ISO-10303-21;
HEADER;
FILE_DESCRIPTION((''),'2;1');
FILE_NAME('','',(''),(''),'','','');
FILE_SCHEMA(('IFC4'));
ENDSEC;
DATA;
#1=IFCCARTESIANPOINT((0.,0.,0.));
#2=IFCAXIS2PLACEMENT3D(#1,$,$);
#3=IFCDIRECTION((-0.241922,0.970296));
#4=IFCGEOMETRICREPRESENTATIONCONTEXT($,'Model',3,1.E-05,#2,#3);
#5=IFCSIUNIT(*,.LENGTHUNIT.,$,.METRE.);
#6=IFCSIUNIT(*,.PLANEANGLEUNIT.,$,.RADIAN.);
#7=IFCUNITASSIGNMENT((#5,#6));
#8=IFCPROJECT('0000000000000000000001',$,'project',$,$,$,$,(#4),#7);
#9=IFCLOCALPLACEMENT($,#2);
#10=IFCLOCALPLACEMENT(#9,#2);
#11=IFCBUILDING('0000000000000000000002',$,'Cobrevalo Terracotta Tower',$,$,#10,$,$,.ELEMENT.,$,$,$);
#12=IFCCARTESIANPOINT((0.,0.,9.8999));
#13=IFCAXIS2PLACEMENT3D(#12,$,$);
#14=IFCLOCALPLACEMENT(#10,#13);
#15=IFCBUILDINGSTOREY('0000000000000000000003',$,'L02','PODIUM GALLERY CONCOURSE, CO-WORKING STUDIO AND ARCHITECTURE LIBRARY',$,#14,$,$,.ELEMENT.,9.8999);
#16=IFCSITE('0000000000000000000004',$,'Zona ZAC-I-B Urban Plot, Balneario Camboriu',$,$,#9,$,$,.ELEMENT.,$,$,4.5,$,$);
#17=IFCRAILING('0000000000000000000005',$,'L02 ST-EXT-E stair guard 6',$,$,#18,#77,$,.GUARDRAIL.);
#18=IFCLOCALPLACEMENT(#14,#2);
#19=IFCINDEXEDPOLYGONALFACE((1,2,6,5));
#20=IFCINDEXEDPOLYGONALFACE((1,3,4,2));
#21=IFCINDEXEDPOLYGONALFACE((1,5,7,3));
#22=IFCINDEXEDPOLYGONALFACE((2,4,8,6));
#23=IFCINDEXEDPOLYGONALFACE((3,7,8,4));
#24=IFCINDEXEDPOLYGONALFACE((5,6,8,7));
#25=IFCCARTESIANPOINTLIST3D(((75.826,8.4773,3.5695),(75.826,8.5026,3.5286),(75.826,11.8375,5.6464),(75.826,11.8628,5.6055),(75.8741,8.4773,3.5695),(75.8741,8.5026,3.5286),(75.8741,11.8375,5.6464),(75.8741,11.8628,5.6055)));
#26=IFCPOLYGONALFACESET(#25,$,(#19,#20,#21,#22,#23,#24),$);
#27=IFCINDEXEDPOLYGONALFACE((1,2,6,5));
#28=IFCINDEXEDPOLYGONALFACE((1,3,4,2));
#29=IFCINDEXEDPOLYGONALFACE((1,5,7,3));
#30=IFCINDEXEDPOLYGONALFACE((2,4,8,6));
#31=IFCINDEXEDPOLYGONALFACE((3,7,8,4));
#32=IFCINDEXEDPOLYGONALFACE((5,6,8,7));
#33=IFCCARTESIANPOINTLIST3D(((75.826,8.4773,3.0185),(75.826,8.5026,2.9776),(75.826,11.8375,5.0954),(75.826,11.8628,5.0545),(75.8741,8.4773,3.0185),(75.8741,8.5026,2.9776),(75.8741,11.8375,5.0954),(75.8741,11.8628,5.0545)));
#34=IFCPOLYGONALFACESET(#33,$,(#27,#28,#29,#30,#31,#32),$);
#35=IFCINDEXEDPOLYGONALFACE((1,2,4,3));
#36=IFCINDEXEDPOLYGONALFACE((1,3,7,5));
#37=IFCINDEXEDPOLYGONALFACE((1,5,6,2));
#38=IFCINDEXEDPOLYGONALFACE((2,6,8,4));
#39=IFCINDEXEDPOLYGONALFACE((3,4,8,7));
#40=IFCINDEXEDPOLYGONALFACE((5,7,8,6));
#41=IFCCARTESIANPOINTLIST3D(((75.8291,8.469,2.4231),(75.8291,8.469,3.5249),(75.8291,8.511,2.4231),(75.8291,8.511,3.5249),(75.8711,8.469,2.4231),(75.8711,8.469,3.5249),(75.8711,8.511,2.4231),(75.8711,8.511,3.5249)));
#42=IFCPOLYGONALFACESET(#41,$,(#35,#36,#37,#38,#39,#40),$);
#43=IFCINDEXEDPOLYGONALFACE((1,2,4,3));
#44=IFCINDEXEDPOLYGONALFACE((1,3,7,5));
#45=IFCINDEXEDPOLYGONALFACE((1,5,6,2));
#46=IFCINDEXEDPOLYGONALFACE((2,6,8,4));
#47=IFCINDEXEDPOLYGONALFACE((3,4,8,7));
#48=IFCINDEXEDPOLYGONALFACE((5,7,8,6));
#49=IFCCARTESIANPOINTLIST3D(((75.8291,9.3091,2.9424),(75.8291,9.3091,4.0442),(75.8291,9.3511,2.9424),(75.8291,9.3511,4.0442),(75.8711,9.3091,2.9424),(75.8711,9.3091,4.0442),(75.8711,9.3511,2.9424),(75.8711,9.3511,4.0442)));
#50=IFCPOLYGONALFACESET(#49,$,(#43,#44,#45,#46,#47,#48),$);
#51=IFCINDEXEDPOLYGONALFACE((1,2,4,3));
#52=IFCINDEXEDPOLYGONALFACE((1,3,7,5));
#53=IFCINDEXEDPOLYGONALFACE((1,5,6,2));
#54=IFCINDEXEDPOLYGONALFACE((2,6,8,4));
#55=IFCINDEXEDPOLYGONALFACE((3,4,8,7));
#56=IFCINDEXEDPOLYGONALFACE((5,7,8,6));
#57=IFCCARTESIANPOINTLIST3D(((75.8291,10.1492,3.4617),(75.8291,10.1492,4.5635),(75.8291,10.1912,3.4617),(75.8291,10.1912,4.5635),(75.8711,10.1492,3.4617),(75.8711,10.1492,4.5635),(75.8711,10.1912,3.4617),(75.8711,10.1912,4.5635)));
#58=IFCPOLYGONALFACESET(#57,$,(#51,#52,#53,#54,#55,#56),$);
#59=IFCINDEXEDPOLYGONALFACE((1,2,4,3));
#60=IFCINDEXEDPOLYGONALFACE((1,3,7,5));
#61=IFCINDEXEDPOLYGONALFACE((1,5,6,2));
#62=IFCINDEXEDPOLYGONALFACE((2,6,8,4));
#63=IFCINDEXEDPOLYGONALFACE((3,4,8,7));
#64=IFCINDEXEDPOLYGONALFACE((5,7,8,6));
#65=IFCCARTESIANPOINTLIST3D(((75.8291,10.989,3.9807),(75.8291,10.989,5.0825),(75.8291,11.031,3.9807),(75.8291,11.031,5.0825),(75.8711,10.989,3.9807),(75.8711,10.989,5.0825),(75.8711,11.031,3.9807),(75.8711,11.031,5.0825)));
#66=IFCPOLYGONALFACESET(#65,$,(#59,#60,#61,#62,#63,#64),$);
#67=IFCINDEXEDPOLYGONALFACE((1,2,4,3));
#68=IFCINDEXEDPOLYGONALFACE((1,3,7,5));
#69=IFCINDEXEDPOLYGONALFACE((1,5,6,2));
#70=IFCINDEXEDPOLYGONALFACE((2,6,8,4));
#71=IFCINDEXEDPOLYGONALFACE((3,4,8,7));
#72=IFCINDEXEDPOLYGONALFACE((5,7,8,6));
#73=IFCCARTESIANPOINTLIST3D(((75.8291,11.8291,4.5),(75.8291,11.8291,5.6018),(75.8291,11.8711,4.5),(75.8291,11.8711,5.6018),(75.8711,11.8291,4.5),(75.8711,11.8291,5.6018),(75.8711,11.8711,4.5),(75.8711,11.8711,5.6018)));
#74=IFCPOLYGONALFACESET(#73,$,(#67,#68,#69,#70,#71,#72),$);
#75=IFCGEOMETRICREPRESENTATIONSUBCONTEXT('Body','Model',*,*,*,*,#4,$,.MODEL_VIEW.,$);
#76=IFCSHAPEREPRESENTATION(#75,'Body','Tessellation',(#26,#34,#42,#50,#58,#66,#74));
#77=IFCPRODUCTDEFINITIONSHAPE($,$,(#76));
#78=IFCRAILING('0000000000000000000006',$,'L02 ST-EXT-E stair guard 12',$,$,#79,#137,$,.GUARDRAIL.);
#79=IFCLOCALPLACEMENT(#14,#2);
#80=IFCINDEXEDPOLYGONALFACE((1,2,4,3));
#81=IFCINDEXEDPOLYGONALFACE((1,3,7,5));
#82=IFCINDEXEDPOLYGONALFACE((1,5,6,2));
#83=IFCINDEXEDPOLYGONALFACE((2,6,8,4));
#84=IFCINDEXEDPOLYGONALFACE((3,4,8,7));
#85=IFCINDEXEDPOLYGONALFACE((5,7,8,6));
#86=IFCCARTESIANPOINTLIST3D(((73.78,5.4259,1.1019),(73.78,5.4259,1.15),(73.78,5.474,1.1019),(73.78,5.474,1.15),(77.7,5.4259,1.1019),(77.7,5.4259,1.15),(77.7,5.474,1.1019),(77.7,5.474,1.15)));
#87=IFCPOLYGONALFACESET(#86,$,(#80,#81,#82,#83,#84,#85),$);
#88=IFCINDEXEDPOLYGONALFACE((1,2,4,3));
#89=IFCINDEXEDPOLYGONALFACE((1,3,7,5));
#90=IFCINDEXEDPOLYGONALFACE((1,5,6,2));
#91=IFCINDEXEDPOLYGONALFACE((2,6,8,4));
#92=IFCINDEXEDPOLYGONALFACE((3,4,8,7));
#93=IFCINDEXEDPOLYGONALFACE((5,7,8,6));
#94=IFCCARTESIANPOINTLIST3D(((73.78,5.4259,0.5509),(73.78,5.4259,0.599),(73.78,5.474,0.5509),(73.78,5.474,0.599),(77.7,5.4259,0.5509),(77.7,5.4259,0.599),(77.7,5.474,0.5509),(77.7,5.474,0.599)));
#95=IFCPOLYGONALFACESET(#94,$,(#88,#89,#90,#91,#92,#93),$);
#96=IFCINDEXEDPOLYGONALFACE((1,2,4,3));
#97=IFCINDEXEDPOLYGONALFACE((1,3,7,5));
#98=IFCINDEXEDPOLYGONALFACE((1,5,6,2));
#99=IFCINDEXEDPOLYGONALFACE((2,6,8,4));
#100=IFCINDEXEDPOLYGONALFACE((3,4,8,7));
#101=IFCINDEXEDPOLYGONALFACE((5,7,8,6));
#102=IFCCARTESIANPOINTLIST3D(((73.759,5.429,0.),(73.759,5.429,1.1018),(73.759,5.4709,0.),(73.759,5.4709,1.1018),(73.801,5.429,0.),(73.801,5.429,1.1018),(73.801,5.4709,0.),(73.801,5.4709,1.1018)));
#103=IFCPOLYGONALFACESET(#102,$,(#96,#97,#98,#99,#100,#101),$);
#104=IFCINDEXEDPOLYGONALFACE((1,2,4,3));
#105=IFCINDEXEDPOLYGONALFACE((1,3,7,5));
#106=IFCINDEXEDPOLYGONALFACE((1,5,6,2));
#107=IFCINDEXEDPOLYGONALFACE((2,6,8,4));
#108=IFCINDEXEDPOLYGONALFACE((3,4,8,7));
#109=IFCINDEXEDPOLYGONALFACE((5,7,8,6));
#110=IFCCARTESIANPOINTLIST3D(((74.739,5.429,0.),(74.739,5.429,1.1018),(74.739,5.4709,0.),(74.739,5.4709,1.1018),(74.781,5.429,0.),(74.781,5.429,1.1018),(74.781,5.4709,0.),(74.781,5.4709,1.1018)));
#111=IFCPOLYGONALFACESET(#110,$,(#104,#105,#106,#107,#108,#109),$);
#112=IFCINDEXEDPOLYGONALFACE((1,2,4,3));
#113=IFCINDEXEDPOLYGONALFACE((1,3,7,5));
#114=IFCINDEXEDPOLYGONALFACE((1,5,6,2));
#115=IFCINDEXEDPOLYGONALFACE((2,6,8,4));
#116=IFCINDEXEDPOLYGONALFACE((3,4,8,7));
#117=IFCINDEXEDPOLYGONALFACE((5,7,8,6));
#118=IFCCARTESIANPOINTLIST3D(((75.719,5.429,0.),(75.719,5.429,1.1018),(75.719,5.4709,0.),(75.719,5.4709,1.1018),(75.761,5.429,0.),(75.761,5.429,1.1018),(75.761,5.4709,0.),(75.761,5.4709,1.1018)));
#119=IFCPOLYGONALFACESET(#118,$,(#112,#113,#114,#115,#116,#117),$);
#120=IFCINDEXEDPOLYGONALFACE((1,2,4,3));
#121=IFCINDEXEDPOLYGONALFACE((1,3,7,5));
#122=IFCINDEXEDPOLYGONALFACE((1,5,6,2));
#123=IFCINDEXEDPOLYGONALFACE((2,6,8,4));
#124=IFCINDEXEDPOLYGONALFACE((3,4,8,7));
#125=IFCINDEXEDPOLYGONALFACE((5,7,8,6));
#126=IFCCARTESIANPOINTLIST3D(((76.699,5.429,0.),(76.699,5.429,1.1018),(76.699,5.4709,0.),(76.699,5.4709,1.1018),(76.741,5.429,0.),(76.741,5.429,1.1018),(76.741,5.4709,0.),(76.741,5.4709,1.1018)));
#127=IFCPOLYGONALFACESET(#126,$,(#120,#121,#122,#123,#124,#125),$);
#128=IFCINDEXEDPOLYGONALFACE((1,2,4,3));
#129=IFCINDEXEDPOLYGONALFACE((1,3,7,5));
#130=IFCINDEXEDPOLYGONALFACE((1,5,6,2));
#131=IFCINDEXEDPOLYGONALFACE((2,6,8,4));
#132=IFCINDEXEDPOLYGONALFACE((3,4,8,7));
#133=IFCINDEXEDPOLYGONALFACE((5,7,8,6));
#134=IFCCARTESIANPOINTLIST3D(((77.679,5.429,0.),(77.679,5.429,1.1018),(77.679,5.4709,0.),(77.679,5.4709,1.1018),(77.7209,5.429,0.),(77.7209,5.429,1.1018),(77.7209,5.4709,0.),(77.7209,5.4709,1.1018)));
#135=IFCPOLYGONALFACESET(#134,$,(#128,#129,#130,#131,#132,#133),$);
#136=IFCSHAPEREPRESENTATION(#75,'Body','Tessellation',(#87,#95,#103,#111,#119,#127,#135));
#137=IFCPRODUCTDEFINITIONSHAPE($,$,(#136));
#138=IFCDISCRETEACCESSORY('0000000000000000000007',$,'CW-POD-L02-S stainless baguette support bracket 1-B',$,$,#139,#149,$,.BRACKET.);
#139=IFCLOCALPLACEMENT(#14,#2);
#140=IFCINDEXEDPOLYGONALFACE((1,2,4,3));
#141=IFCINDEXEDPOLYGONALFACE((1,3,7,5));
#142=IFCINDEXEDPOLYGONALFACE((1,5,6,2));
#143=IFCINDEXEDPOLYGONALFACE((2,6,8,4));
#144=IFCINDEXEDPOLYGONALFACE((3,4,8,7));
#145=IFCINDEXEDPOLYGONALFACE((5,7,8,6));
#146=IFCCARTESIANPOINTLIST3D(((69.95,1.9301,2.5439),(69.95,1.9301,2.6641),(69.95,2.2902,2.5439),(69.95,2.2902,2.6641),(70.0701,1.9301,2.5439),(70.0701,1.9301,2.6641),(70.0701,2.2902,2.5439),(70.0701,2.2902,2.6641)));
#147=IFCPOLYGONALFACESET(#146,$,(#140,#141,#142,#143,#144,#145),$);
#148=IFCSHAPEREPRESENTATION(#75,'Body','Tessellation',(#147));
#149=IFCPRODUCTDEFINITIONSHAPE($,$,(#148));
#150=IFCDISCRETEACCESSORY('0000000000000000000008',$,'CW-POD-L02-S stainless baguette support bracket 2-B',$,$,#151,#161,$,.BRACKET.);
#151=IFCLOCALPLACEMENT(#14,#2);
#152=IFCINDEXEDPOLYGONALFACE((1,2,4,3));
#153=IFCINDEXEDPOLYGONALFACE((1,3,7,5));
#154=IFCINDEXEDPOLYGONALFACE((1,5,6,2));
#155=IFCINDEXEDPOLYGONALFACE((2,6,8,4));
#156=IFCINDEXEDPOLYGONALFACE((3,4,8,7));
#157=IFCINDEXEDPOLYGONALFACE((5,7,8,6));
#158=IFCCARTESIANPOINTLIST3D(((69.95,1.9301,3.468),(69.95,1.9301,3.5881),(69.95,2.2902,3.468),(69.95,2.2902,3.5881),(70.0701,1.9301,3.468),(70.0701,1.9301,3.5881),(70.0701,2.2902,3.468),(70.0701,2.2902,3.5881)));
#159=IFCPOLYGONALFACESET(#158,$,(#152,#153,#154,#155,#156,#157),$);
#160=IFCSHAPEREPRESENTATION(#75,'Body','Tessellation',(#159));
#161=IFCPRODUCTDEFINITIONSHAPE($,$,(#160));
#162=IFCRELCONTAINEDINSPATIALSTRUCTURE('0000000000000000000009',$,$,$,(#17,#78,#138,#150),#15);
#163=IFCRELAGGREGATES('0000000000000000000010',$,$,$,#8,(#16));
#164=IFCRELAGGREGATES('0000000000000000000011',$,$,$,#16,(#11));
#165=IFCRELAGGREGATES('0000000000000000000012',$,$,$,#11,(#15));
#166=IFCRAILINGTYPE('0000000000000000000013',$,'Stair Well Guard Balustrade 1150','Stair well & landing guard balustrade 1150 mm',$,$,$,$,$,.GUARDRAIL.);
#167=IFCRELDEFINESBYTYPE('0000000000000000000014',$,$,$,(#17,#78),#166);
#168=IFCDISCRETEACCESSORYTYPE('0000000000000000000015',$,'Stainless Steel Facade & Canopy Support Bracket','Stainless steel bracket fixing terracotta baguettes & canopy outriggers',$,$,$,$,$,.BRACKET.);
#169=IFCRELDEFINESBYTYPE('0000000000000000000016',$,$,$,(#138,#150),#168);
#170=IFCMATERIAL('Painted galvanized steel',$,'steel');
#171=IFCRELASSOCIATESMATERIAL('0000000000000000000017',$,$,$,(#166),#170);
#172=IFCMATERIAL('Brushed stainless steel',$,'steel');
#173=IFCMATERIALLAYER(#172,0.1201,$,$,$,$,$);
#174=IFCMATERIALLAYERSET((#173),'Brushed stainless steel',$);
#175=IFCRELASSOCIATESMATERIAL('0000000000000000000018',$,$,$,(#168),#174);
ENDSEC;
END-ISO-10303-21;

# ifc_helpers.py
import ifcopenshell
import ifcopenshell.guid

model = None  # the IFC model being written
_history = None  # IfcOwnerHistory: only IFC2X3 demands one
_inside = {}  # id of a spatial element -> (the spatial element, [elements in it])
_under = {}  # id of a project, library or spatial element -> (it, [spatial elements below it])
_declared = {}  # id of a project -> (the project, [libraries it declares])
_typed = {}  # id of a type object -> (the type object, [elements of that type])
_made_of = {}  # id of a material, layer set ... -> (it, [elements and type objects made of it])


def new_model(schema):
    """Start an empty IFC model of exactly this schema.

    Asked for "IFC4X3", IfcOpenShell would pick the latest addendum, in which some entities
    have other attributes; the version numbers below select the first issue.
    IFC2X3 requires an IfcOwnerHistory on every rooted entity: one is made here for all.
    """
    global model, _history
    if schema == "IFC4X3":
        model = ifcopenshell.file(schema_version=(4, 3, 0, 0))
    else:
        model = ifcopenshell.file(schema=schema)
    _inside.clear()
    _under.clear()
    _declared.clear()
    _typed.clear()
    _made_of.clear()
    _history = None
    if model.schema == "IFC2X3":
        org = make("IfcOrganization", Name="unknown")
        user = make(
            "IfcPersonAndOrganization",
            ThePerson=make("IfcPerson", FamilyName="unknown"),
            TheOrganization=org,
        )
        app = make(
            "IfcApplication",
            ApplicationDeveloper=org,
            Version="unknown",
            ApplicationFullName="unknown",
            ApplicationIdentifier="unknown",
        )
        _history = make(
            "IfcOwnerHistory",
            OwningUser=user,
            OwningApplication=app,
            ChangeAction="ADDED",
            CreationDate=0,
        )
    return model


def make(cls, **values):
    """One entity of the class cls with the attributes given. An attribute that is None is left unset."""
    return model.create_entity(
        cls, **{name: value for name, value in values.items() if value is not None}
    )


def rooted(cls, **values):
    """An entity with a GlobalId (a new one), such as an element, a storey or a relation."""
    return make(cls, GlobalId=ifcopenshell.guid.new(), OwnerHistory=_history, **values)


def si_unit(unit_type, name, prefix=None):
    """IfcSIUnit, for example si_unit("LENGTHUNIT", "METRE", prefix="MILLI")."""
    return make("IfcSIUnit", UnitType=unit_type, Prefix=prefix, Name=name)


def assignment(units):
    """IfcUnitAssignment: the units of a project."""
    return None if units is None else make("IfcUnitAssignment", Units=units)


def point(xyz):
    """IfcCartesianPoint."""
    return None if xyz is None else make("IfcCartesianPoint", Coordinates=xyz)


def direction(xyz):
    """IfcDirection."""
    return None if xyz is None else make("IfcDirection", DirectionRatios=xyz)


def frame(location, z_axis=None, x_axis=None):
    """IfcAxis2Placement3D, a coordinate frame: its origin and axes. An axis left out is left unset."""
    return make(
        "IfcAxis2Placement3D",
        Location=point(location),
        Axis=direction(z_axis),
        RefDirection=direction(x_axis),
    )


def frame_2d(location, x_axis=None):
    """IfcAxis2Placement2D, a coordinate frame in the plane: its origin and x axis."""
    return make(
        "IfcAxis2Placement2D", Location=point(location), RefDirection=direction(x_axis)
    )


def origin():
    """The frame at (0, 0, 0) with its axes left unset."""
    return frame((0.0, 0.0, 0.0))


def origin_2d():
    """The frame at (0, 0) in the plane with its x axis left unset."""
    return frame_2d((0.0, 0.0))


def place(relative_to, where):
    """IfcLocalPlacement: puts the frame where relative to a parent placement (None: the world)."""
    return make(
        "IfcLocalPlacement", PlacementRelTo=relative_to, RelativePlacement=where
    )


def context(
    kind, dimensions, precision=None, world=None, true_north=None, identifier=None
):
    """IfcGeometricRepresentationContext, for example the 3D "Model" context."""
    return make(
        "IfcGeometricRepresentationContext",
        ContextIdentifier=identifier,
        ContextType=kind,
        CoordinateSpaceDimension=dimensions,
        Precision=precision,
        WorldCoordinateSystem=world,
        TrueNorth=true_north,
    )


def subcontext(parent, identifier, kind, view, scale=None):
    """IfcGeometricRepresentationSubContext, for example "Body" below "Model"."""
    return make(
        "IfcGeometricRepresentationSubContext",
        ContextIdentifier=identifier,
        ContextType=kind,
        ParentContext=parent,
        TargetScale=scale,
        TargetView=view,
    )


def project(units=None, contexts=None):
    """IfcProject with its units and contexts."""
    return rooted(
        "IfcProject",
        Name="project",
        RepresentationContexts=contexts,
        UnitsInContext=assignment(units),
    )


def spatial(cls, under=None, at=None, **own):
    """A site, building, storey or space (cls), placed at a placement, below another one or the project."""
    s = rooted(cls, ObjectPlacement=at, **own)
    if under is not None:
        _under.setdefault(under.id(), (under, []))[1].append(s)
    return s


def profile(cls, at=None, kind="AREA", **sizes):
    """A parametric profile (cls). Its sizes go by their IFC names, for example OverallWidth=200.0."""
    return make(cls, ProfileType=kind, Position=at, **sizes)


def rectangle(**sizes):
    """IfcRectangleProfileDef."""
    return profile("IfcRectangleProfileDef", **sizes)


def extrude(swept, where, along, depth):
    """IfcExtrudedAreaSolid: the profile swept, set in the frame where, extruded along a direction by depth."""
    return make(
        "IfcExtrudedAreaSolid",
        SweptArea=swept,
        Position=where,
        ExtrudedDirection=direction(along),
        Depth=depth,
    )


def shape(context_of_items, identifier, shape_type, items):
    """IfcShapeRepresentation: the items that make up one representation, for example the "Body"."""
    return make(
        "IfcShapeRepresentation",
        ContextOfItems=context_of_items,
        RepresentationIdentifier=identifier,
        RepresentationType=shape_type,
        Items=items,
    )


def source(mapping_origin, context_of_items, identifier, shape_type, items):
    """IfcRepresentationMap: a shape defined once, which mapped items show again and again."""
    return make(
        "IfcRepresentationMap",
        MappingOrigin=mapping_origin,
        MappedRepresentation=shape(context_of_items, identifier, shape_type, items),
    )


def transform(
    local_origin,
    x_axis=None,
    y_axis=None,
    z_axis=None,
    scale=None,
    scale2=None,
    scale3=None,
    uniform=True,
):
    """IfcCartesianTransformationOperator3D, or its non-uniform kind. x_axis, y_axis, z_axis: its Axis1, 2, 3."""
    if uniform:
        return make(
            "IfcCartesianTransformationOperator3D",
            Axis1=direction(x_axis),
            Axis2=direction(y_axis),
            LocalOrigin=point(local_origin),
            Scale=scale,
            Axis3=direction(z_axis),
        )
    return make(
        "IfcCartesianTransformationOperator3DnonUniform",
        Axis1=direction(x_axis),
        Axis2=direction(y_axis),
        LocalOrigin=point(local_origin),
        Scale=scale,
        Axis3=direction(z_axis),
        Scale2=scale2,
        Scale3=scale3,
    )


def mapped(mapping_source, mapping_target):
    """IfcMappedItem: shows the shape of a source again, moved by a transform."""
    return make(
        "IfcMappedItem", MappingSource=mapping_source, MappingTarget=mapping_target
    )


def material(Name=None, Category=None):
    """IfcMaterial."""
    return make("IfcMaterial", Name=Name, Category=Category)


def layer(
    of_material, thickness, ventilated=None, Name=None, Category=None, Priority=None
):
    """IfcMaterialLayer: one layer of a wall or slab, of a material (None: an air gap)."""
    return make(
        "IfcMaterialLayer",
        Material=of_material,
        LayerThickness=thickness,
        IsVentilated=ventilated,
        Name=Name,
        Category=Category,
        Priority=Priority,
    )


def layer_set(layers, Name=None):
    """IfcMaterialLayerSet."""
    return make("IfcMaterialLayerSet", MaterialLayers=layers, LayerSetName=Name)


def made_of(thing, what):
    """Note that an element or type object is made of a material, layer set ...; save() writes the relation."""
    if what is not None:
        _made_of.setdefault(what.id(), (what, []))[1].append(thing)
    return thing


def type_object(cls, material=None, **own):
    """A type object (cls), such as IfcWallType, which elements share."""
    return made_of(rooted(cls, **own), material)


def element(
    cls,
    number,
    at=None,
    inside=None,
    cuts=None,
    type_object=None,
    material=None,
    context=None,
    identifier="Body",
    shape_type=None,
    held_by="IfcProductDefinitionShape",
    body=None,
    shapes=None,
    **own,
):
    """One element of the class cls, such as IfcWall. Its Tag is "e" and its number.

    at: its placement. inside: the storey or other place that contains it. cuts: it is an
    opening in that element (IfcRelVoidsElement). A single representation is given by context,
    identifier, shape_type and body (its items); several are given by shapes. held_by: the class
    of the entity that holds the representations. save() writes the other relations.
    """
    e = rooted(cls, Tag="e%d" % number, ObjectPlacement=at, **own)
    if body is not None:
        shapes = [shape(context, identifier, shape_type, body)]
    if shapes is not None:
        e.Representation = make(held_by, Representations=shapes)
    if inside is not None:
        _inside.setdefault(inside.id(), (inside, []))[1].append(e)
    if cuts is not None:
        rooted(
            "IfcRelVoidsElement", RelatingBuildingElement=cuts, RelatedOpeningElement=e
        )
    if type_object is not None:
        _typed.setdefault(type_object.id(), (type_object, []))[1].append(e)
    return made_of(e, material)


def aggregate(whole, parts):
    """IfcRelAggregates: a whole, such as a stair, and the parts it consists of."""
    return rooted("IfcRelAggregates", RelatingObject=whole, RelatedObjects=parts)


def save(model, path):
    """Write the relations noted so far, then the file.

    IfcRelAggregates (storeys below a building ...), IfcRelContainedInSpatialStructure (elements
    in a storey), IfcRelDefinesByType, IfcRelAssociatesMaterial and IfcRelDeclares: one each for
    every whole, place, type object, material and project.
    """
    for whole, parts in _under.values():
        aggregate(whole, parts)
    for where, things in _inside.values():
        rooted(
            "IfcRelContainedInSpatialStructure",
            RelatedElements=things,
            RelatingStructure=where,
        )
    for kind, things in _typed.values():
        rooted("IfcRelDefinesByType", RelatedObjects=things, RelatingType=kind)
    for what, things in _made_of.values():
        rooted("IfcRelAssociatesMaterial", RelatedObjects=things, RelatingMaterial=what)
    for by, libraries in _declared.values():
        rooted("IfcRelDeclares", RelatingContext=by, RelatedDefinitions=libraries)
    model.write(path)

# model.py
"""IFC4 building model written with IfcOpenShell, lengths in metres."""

from ifc_helpers import new_model, si_unit, direction, frame, origin, origin_2d, place, context, subcontext, project, spatial, rectangle, extrude, source, transform, mapped, material, layer, layer_set, type_object, element, save


model = new_model("IFC4")

# Units and contexts
model_context = context("Model", 3, precision=1e-05, world=origin(), true_north=direction((-0.241922, 0.970296)))
body_context = subcontext(model_context, "Body", "Model", "MODEL_VIEW")
ifc_project = project(units=[si_unit("LENGTHUNIT", "METRE"), si_unit("PLANEANGLEUNIT", "RADIAN")], contexts=[model_context])

# Site, building, storey
site_placement = place(None, origin())
site = spatial("IfcSite", under=ifc_project, at=site_placement, Name="Zona ZAC-I-B Urban Plot, Balneario Camboriu", CompositionType="ELEMENT", RefElevation=4.5)
building_placement = place(site_placement, origin())
building = spatial("IfcBuilding", under=site, at=building_placement, Name="Cobrevalo Terracotta Tower", CompositionType="ELEMENT")
storey_placement = place(building_placement, frame((0.0, 0.0, 9.8999)))
storey = spatial("IfcBuildingStorey", under=building, at=storey_placement, Name="L02", Description="PODIUM GALLERY CONCOURSE, CO-WORKING STUDIO AND ARCHITECTURE LIBRARY", CompositionType="ELEMENT", Elevation=9.8999)

# Railings
ifc_material_1 = material(Name="Painted galvanized steel", Category="steel")
railing_type = type_object("IfcRailingType", Name="Stair Well Guard Balustrade 1150", Description="Stair well & landing guard balustrade 1150 mm", PredefinedType="GUARDRAIL", material=ifc_material_1)
railing_1_placement = place(storey_placement, frame((75.8501, 8.49, 2.4231)))
element("IfcRailing", 1, at=railing_1_placement, inside=storey, type_object=railing_type, Name="L02 ST-EXT-E stair guard 6", PredefinedType="GUARDRAIL", context=body_context, shape_type="SweptSolid", body=[
    extrude(rectangle(XDim=0.0481, YDim=0.0481, at=origin_2d()), frame((0.0, 0.0, 1.126), z_axis=(0.0, 0.850623, 0.525776), x_axis=(-1.0, 0.0, 0.0)), (0.0, 0.0, 1.0), 3.9502),
    extrude(rectangle(XDim=0.0481, YDim=0.0481, at=origin_2d()), frame((0.0, 0.0, 0.575), z_axis=(0.0, 0.850623, 0.525776), x_axis=(-1.0, 0.0, 0.0)), (0.0, 0.0, 1.0), 3.9502),
    extrude(rectangle(XDim=0.042, YDim=0.042, at=origin_2d()), origin(), (0.0, 0.0, 1.0), 1.1018),
    extrude(rectangle(XDim=0.042, YDim=0.042, at=origin_2d()), frame((0.0, 0.8401, 0.5193)), (0.0, 0.0, 1.0), 1.1018),
    extrude(rectangle(XDim=0.042, YDim=0.042, at=origin_2d()), frame((0.0, 1.6802, 1.0386)), (0.0, 0.0, 1.0), 1.1018),
    extrude(rectangle(XDim=0.042, YDim=0.042, at=origin_2d()), frame((0.0, 2.52, 1.5576)), (0.0, 0.0, 1.0), 1.1018),
    extrude(rectangle(XDim=0.042, YDim=0.042, at=origin_2d()), frame((0.0, 3.3601, 2.0769)), (0.0, 0.0, 1.0), 1.1018),
])
railing_2_placement = place(storey_placement, frame((73.78, 5.45, 0.0)))
element("IfcRailing", 2, at=railing_2_placement, inside=storey, type_object=railing_type, Name="L02 ST-EXT-E stair guard 12", PredefinedType="GUARDRAIL", context=body_context, shape_type="SweptSolid", body=[
    extrude(rectangle(XDim=0.0481, YDim=0.0481, at=origin_2d()), frame((0.0, 0.0, 1.126), z_axis=(1.0, 0.0, 0.0), x_axis=(0.0, 1.0, 0.0)), (0.0, 0.0, 1.0), 3.9199),
    extrude(rectangle(XDim=0.0481, YDim=0.0481, at=origin_2d()), frame((0.0, 0.0, 0.575), z_axis=(1.0, 0.0, 0.0), x_axis=(0.0, 1.0, 0.0)), (0.0, 0.0, 1.0), 3.9199),
    extrude(rectangle(XDim=0.042, YDim=0.042, at=origin_2d()), origin(), (0.0, 0.0, 1.0), 1.1018),
    extrude(rectangle(XDim=0.042, YDim=0.042, at=origin_2d()), frame((0.98, 0.0, 0.0)), (0.0, 0.0, 1.0), 1.1018),
    extrude(rectangle(XDim=0.042, YDim=0.042, at=origin_2d()), frame((1.96, 0.0, 0.0)), (0.0, 0.0, 1.0), 1.1018),
    extrude(rectangle(XDim=0.042, YDim=0.042, at=origin_2d()), frame((2.9399, 0.0, 0.0)), (0.0, 0.0, 1.0), 1.1018),
    extrude(rectangle(XDim=0.042, YDim=0.042, at=origin_2d()), frame((3.9199, 0.0, 0.0)), (0.0, 0.0, 1.0), 1.1018),
])

# Discrete accessories
ifc_material_2 = material(Name="Brushed stainless steel", Category="steel")
ifc_layer_1 = layer(ifc_material_2, 0.1201)
ifc_layer_set_1 = layer_set([ifc_layer_1], Name="Brushed stainless steel")
discrete_accessory_type = type_object("IfcDiscreteAccessoryType", Name="Stainless Steel Facade & Canopy Support Bracket", Description="Stainless steel bracket fixing terracotta baguettes & canopy outriggers", PredefinedType="BRACKET", material=ifc_layer_set_1)
shared_shape_1 = source(origin(), body_context, "Body", "SweptSolid", [
    extrude(rectangle(XDim=0.1201, YDim=0.3601, at=origin_2d()), origin(), (0.0, 0.0, 1.0), 0.1201),
])
for number, where, z_axis, x_axis, name in (
    (3, (70.01, 2.1101, 2.5439), (0.0, 0.0, 1.0), (1.0, 0.0, 0.0), "CW-POD-L02-S stainless baguette support bracket 1-B"),
    (4, (70.01, 2.1101, 3.468), (0.0, 0.0, 1.0), (1.0, 0.0, 0.0), "CW-POD-L02-S stainless baguette support bracket 2-B"),
):
    element("IfcDiscreteAccessory", number, at=place(storey_placement, frame(where, z_axis=z_axis, x_axis=x_axis)), inside=storey, type_object=discrete_accessory_type, Name=name, PredefinedType="BRACKET", context=body_context, shape_type="MappedRepresentation", body=[
        mapped(shared_shape_1, transform((0.0, 0.0, 0.0), scale=1.0)),
    ])

save(model, "model.ifc")
